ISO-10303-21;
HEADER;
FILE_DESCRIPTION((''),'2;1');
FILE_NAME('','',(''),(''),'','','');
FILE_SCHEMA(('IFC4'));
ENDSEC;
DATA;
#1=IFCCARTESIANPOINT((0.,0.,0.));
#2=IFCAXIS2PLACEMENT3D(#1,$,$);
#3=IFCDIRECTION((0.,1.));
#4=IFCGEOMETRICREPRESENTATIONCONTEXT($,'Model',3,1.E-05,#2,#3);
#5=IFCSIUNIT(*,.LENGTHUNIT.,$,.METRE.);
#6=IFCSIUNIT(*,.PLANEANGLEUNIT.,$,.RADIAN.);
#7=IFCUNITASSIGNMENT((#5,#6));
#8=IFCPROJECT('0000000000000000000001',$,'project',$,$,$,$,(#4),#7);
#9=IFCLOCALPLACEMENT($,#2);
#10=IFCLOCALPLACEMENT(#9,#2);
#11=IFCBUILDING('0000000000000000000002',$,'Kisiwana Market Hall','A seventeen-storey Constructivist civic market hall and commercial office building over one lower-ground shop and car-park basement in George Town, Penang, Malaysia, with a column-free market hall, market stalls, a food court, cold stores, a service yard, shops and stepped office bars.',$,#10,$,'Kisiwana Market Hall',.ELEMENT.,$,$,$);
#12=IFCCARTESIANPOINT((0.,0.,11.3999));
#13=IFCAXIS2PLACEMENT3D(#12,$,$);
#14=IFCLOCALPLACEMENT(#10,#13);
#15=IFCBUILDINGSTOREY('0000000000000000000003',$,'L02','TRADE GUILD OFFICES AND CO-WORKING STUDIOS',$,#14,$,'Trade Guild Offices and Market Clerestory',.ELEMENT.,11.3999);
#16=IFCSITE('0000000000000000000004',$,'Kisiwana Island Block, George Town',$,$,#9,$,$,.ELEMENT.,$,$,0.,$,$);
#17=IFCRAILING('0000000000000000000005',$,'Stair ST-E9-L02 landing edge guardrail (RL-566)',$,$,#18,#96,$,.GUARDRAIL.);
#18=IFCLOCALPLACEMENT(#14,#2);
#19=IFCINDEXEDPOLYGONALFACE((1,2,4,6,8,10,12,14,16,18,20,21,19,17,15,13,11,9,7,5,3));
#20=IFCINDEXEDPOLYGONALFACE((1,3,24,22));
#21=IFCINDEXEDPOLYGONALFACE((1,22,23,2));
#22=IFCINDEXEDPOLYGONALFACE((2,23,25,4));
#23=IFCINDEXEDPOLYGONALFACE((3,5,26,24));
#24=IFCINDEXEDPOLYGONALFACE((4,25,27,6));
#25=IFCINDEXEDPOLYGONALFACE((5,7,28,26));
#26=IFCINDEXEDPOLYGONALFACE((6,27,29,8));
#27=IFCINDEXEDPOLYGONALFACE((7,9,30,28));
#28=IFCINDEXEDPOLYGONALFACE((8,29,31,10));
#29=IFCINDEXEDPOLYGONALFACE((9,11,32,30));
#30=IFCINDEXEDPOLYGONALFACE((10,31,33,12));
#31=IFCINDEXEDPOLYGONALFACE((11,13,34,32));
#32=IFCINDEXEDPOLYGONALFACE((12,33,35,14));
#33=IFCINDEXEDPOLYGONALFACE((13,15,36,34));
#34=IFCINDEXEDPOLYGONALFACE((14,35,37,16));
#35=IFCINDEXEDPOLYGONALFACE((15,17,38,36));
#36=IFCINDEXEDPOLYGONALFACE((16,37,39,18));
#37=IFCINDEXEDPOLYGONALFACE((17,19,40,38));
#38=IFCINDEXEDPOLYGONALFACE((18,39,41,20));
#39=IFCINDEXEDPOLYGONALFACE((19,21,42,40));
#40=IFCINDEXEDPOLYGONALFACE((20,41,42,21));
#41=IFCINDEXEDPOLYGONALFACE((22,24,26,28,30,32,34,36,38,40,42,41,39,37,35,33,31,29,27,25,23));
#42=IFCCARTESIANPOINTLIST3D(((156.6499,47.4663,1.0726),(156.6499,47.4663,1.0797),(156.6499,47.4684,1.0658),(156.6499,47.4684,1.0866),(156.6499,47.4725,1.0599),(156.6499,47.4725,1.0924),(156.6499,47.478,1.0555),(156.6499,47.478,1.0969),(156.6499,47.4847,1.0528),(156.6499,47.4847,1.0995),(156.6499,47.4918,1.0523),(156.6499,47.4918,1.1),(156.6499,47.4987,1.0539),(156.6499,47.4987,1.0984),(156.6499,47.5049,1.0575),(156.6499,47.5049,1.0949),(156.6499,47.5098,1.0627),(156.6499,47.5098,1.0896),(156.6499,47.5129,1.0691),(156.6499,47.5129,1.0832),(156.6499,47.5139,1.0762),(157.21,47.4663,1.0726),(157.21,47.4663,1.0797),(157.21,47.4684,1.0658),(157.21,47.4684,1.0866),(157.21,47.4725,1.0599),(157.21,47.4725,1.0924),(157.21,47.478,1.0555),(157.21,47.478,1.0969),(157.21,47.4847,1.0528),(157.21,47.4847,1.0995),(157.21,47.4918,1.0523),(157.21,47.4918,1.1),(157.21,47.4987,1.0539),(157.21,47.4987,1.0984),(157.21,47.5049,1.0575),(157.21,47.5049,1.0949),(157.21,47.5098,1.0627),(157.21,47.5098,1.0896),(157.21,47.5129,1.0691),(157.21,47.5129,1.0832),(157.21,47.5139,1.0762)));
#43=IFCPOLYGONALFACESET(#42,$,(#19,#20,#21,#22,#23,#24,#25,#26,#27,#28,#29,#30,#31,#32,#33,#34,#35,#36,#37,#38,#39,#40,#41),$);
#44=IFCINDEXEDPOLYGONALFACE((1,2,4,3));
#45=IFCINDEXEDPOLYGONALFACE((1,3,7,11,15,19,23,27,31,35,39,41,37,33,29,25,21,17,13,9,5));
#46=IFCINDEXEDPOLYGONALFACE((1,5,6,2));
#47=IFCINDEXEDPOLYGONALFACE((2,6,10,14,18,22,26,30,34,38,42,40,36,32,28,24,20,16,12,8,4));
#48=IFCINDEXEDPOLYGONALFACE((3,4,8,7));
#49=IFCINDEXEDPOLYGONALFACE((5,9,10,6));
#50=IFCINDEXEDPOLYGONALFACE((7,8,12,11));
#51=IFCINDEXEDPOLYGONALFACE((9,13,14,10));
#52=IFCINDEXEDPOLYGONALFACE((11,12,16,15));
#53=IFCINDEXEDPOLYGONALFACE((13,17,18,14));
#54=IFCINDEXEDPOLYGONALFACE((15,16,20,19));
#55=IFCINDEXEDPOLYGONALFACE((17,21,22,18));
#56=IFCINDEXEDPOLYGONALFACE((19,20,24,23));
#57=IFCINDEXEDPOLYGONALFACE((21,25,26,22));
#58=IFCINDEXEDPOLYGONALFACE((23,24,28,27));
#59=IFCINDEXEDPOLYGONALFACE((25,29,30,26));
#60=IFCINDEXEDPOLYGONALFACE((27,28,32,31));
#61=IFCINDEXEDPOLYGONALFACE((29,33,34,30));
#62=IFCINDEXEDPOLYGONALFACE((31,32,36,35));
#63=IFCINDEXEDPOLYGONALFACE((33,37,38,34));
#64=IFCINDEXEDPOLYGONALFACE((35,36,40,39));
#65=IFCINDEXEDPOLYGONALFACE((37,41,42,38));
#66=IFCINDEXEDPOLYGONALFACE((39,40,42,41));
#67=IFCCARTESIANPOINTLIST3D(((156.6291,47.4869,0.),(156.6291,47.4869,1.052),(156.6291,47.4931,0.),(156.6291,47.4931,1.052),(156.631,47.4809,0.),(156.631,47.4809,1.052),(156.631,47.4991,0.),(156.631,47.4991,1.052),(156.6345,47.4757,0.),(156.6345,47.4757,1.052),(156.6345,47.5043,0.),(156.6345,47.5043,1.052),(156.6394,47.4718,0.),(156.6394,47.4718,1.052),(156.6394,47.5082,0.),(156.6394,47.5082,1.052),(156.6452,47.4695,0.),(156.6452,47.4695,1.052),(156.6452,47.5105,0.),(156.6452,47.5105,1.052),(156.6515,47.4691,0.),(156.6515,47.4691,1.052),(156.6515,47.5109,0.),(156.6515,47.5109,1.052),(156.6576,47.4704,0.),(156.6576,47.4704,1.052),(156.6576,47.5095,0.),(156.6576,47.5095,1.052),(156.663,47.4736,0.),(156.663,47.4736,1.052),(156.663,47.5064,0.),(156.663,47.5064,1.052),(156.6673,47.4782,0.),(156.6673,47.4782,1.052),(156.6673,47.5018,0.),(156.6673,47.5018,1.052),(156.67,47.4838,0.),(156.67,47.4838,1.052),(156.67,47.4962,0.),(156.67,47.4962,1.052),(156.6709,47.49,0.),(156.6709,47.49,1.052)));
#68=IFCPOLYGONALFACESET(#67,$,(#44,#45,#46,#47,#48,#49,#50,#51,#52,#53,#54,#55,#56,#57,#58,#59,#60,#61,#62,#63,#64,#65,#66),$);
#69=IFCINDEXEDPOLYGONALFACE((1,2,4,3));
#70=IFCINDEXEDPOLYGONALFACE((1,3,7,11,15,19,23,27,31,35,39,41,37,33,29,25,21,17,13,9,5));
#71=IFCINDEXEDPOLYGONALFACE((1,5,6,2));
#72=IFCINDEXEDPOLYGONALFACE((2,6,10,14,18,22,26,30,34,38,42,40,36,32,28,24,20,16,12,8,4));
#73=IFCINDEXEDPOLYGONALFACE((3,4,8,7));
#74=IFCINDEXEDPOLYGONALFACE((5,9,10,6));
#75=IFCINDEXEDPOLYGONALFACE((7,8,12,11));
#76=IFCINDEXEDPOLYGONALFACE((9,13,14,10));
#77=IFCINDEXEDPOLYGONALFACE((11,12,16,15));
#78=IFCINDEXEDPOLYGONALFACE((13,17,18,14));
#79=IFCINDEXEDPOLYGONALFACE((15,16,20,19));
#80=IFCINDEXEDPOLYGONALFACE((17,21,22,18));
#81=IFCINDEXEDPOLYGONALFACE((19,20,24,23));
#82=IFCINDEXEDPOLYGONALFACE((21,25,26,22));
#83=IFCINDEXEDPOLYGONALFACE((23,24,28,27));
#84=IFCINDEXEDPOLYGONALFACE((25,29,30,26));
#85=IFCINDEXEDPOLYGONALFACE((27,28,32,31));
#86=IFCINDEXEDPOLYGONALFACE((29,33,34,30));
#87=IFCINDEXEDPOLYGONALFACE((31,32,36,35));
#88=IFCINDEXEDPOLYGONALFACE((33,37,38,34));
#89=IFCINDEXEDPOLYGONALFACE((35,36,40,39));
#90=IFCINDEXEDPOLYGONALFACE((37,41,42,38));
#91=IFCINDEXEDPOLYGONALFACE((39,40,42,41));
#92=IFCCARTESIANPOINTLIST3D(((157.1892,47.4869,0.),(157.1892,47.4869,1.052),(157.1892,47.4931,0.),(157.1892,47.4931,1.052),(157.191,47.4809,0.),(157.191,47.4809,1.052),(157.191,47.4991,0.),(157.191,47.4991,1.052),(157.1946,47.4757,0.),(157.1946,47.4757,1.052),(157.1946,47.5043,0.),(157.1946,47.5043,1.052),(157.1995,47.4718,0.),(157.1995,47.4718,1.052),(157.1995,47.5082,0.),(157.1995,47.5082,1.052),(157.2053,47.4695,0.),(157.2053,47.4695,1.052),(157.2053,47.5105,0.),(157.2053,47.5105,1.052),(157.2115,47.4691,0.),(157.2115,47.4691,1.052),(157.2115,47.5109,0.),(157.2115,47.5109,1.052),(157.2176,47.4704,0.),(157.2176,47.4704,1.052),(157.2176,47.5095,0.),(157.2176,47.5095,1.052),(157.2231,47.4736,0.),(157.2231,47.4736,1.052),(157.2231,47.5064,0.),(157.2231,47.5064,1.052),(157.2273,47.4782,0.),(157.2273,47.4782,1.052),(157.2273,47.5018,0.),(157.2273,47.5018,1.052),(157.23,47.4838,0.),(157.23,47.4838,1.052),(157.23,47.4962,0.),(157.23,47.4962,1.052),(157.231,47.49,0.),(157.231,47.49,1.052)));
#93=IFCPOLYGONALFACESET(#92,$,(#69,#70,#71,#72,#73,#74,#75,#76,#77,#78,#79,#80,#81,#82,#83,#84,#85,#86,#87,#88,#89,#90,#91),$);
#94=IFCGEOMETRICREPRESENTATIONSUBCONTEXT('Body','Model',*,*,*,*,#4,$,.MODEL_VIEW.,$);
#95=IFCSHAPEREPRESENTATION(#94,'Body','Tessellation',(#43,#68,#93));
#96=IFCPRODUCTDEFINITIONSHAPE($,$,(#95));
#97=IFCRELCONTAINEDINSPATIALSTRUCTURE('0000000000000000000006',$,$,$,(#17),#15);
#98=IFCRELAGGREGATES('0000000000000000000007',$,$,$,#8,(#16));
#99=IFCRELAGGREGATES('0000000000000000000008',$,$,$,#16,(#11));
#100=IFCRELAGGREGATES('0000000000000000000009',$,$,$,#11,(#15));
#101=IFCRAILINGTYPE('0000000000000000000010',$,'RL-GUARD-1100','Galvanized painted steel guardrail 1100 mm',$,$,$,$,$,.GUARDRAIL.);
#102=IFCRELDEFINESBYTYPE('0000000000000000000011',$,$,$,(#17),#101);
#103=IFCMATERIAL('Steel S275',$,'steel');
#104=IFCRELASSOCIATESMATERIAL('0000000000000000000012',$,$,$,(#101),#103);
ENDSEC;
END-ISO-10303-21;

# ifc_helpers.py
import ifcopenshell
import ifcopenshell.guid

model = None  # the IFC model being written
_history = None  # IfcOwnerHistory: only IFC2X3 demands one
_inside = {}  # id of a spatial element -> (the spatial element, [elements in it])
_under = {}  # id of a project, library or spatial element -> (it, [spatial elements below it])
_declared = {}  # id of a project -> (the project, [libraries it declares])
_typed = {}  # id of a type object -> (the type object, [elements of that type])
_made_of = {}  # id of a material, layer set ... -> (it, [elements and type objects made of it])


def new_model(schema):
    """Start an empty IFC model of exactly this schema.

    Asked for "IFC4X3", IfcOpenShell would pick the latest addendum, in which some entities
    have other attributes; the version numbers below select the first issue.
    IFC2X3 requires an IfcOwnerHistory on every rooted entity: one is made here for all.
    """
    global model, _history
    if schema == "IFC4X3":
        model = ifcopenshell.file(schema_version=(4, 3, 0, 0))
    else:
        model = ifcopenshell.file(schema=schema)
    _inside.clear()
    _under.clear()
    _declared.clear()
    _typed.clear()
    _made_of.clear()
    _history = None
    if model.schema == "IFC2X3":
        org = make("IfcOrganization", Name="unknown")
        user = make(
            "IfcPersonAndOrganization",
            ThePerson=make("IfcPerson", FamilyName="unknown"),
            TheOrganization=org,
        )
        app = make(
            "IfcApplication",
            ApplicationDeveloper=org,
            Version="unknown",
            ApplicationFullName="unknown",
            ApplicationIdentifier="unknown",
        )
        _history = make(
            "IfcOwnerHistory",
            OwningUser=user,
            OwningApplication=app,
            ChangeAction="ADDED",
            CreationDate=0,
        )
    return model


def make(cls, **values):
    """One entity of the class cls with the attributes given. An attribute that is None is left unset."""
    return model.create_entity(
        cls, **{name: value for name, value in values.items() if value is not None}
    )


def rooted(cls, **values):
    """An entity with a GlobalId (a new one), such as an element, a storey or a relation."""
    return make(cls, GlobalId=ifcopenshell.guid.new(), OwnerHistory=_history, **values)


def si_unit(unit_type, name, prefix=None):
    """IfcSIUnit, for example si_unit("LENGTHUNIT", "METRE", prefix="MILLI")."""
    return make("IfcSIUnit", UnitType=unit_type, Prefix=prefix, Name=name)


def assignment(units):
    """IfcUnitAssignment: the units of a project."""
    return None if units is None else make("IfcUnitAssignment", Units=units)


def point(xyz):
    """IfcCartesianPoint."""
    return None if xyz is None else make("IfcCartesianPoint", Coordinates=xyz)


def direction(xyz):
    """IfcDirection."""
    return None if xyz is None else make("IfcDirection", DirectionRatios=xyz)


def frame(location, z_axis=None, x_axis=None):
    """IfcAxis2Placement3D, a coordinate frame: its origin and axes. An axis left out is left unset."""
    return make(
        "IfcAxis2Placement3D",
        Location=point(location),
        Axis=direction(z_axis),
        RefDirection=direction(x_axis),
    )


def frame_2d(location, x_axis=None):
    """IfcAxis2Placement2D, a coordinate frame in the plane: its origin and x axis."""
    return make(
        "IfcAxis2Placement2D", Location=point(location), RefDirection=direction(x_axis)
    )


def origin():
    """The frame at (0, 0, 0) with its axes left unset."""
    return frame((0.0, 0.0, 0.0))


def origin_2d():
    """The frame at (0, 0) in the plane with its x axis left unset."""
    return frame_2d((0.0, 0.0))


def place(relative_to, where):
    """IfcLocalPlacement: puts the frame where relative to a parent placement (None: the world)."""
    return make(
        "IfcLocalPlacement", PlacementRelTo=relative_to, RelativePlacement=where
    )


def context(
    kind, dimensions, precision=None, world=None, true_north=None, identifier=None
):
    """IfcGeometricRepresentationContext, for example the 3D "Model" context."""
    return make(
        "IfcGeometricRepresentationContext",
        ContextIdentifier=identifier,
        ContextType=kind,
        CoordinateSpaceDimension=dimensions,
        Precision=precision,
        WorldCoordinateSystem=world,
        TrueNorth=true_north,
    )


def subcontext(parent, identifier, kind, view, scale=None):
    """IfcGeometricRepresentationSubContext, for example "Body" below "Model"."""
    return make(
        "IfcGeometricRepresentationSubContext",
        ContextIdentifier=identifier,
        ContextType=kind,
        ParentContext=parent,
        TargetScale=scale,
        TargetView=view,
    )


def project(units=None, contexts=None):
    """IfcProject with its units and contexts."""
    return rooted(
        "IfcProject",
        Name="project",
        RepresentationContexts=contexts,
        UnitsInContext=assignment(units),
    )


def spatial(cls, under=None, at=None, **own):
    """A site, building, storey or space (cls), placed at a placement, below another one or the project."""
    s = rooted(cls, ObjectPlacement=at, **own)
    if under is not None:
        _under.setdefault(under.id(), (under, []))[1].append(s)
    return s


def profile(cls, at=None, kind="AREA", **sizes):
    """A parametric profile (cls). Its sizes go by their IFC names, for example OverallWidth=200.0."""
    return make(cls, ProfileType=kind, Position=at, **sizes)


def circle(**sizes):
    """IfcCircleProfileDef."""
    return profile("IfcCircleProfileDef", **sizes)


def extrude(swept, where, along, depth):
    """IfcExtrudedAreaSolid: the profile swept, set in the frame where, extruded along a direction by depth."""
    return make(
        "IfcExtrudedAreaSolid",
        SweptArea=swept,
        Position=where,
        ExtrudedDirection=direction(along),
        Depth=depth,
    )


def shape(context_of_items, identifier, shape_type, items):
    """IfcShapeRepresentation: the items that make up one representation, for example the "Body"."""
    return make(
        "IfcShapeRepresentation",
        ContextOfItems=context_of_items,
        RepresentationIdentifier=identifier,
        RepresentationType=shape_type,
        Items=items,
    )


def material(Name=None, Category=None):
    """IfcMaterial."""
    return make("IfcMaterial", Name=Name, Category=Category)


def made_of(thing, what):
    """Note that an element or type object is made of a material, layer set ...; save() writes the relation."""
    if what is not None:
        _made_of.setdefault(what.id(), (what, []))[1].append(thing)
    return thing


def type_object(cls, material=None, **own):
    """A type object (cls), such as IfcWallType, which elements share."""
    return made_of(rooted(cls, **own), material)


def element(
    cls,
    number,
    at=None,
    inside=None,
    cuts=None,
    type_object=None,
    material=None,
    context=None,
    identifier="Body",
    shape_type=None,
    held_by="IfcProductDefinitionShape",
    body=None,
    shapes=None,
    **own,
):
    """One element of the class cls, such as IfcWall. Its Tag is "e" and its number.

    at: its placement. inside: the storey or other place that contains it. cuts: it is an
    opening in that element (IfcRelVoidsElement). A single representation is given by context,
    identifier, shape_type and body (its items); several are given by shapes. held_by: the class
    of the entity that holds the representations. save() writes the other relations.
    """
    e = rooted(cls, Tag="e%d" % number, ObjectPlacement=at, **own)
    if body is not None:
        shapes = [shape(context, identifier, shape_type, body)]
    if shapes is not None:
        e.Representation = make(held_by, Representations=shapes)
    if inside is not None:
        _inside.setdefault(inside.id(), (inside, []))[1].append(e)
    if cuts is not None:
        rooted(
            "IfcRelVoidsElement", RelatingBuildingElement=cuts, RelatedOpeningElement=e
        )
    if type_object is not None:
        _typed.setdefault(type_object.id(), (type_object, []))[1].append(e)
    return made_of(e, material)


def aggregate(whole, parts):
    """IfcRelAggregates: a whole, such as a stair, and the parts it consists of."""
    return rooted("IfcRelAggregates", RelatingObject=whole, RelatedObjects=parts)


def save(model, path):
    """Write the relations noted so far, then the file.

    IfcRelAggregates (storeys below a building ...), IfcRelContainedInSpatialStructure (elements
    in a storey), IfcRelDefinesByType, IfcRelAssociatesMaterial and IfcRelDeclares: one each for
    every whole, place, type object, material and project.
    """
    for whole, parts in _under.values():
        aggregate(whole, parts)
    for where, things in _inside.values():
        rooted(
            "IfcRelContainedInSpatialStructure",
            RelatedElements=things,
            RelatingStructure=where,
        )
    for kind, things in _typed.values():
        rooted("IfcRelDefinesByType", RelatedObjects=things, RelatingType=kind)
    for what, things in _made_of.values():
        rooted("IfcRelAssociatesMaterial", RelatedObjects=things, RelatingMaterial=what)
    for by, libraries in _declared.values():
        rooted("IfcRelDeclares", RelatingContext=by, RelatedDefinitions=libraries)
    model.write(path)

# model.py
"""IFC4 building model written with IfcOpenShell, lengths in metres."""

from ifc_helpers import new_model, si_unit, direction, frame, origin, origin_2d, place, context, subcontext, project, spatial, circle, extrude, material, type_object, element, save


model = new_model("IFC4")

# Units and contexts
model_context = context("Model", 3, precision=1e-05, world=origin(), true_north=direction((0.0, 1.0)))
body_context = subcontext(model_context, "Body", "Model", "MODEL_VIEW")
ifc_project = project(units=[si_unit("LENGTHUNIT", "METRE"), si_unit("PLANEANGLEUNIT", "RADIAN")], contexts=[model_context])

# Site, building, storey
site_placement = place(None, origin())
site = spatial("IfcSite", under=ifc_project, at=site_placement, Name="Kisiwana Island Block, George Town", CompositionType="ELEMENT", RefElevation=0.0)
building_placement = place(site_placement, origin())
building = spatial("IfcBuilding", under=site, at=building_placement, Name="Kisiwana Market Hall", Description="A seventeen-storey Constructivist civic market hall and commercial office building over one lower-ground shop and car-park basement in George Town, Penang, Malaysia, with a column-free market hall, market stalls, a food court, cold stores, a service yard, shops and stepped office bars.", LongName="Kisiwana Market Hall", CompositionType="ELEMENT")
storey_placement = place(building_placement, frame((0.0, 0.0, 11.3999)))
storey = spatial("IfcBuildingStorey", under=building, at=storey_placement, Name="L02", Description="TRADE GUILD OFFICES AND CO-WORKING STUDIOS", LongName="Trade Guild Offices and Market Clerestory", CompositionType="ELEMENT", Elevation=11.3999)

# Railing
ifc_material_1 = material(Name="Steel S275", Category="steel")
railing_type_1 = type_object("IfcRailingType", Name="RL-GUARD-1100", Description="Galvanized painted steel guardrail 1100 mm", PredefinedType="GUARDRAIL", material=ifc_material_1)
railing_1_placement = place(storey_placement, frame((156.6499, 47.49, 0.0)))
element("IfcRailing", 1, at=railing_1_placement, inside=storey, type_object=railing_type_1, Name="Stair ST-E9-L02 landing edge guardrail (RL-566)", PredefinedType="GUARDRAIL", context=body_context, shape_type="SweptSolid", body=[
    extrude(circle(Radius=0.0239, at=origin_2d()), frame((0.0, 0.0, 1.0762), z_axis=(1.0, 0.0, 0.0), x_axis=(0.0, 1.0, 0.0)), (0.0, 0.0, 1.0), 0.5601),
    extrude(circle(Radius=0.021, at=origin_2d()), origin(), (0.0, 0.0, 1.0), 1.052),
    extrude(circle(Radius=0.021, at=origin_2d()), frame((0.5601, 0.0, 0.0)), (0.0, 0.0, 1.0), 1.052),
])

save(model, "model.ifc")
